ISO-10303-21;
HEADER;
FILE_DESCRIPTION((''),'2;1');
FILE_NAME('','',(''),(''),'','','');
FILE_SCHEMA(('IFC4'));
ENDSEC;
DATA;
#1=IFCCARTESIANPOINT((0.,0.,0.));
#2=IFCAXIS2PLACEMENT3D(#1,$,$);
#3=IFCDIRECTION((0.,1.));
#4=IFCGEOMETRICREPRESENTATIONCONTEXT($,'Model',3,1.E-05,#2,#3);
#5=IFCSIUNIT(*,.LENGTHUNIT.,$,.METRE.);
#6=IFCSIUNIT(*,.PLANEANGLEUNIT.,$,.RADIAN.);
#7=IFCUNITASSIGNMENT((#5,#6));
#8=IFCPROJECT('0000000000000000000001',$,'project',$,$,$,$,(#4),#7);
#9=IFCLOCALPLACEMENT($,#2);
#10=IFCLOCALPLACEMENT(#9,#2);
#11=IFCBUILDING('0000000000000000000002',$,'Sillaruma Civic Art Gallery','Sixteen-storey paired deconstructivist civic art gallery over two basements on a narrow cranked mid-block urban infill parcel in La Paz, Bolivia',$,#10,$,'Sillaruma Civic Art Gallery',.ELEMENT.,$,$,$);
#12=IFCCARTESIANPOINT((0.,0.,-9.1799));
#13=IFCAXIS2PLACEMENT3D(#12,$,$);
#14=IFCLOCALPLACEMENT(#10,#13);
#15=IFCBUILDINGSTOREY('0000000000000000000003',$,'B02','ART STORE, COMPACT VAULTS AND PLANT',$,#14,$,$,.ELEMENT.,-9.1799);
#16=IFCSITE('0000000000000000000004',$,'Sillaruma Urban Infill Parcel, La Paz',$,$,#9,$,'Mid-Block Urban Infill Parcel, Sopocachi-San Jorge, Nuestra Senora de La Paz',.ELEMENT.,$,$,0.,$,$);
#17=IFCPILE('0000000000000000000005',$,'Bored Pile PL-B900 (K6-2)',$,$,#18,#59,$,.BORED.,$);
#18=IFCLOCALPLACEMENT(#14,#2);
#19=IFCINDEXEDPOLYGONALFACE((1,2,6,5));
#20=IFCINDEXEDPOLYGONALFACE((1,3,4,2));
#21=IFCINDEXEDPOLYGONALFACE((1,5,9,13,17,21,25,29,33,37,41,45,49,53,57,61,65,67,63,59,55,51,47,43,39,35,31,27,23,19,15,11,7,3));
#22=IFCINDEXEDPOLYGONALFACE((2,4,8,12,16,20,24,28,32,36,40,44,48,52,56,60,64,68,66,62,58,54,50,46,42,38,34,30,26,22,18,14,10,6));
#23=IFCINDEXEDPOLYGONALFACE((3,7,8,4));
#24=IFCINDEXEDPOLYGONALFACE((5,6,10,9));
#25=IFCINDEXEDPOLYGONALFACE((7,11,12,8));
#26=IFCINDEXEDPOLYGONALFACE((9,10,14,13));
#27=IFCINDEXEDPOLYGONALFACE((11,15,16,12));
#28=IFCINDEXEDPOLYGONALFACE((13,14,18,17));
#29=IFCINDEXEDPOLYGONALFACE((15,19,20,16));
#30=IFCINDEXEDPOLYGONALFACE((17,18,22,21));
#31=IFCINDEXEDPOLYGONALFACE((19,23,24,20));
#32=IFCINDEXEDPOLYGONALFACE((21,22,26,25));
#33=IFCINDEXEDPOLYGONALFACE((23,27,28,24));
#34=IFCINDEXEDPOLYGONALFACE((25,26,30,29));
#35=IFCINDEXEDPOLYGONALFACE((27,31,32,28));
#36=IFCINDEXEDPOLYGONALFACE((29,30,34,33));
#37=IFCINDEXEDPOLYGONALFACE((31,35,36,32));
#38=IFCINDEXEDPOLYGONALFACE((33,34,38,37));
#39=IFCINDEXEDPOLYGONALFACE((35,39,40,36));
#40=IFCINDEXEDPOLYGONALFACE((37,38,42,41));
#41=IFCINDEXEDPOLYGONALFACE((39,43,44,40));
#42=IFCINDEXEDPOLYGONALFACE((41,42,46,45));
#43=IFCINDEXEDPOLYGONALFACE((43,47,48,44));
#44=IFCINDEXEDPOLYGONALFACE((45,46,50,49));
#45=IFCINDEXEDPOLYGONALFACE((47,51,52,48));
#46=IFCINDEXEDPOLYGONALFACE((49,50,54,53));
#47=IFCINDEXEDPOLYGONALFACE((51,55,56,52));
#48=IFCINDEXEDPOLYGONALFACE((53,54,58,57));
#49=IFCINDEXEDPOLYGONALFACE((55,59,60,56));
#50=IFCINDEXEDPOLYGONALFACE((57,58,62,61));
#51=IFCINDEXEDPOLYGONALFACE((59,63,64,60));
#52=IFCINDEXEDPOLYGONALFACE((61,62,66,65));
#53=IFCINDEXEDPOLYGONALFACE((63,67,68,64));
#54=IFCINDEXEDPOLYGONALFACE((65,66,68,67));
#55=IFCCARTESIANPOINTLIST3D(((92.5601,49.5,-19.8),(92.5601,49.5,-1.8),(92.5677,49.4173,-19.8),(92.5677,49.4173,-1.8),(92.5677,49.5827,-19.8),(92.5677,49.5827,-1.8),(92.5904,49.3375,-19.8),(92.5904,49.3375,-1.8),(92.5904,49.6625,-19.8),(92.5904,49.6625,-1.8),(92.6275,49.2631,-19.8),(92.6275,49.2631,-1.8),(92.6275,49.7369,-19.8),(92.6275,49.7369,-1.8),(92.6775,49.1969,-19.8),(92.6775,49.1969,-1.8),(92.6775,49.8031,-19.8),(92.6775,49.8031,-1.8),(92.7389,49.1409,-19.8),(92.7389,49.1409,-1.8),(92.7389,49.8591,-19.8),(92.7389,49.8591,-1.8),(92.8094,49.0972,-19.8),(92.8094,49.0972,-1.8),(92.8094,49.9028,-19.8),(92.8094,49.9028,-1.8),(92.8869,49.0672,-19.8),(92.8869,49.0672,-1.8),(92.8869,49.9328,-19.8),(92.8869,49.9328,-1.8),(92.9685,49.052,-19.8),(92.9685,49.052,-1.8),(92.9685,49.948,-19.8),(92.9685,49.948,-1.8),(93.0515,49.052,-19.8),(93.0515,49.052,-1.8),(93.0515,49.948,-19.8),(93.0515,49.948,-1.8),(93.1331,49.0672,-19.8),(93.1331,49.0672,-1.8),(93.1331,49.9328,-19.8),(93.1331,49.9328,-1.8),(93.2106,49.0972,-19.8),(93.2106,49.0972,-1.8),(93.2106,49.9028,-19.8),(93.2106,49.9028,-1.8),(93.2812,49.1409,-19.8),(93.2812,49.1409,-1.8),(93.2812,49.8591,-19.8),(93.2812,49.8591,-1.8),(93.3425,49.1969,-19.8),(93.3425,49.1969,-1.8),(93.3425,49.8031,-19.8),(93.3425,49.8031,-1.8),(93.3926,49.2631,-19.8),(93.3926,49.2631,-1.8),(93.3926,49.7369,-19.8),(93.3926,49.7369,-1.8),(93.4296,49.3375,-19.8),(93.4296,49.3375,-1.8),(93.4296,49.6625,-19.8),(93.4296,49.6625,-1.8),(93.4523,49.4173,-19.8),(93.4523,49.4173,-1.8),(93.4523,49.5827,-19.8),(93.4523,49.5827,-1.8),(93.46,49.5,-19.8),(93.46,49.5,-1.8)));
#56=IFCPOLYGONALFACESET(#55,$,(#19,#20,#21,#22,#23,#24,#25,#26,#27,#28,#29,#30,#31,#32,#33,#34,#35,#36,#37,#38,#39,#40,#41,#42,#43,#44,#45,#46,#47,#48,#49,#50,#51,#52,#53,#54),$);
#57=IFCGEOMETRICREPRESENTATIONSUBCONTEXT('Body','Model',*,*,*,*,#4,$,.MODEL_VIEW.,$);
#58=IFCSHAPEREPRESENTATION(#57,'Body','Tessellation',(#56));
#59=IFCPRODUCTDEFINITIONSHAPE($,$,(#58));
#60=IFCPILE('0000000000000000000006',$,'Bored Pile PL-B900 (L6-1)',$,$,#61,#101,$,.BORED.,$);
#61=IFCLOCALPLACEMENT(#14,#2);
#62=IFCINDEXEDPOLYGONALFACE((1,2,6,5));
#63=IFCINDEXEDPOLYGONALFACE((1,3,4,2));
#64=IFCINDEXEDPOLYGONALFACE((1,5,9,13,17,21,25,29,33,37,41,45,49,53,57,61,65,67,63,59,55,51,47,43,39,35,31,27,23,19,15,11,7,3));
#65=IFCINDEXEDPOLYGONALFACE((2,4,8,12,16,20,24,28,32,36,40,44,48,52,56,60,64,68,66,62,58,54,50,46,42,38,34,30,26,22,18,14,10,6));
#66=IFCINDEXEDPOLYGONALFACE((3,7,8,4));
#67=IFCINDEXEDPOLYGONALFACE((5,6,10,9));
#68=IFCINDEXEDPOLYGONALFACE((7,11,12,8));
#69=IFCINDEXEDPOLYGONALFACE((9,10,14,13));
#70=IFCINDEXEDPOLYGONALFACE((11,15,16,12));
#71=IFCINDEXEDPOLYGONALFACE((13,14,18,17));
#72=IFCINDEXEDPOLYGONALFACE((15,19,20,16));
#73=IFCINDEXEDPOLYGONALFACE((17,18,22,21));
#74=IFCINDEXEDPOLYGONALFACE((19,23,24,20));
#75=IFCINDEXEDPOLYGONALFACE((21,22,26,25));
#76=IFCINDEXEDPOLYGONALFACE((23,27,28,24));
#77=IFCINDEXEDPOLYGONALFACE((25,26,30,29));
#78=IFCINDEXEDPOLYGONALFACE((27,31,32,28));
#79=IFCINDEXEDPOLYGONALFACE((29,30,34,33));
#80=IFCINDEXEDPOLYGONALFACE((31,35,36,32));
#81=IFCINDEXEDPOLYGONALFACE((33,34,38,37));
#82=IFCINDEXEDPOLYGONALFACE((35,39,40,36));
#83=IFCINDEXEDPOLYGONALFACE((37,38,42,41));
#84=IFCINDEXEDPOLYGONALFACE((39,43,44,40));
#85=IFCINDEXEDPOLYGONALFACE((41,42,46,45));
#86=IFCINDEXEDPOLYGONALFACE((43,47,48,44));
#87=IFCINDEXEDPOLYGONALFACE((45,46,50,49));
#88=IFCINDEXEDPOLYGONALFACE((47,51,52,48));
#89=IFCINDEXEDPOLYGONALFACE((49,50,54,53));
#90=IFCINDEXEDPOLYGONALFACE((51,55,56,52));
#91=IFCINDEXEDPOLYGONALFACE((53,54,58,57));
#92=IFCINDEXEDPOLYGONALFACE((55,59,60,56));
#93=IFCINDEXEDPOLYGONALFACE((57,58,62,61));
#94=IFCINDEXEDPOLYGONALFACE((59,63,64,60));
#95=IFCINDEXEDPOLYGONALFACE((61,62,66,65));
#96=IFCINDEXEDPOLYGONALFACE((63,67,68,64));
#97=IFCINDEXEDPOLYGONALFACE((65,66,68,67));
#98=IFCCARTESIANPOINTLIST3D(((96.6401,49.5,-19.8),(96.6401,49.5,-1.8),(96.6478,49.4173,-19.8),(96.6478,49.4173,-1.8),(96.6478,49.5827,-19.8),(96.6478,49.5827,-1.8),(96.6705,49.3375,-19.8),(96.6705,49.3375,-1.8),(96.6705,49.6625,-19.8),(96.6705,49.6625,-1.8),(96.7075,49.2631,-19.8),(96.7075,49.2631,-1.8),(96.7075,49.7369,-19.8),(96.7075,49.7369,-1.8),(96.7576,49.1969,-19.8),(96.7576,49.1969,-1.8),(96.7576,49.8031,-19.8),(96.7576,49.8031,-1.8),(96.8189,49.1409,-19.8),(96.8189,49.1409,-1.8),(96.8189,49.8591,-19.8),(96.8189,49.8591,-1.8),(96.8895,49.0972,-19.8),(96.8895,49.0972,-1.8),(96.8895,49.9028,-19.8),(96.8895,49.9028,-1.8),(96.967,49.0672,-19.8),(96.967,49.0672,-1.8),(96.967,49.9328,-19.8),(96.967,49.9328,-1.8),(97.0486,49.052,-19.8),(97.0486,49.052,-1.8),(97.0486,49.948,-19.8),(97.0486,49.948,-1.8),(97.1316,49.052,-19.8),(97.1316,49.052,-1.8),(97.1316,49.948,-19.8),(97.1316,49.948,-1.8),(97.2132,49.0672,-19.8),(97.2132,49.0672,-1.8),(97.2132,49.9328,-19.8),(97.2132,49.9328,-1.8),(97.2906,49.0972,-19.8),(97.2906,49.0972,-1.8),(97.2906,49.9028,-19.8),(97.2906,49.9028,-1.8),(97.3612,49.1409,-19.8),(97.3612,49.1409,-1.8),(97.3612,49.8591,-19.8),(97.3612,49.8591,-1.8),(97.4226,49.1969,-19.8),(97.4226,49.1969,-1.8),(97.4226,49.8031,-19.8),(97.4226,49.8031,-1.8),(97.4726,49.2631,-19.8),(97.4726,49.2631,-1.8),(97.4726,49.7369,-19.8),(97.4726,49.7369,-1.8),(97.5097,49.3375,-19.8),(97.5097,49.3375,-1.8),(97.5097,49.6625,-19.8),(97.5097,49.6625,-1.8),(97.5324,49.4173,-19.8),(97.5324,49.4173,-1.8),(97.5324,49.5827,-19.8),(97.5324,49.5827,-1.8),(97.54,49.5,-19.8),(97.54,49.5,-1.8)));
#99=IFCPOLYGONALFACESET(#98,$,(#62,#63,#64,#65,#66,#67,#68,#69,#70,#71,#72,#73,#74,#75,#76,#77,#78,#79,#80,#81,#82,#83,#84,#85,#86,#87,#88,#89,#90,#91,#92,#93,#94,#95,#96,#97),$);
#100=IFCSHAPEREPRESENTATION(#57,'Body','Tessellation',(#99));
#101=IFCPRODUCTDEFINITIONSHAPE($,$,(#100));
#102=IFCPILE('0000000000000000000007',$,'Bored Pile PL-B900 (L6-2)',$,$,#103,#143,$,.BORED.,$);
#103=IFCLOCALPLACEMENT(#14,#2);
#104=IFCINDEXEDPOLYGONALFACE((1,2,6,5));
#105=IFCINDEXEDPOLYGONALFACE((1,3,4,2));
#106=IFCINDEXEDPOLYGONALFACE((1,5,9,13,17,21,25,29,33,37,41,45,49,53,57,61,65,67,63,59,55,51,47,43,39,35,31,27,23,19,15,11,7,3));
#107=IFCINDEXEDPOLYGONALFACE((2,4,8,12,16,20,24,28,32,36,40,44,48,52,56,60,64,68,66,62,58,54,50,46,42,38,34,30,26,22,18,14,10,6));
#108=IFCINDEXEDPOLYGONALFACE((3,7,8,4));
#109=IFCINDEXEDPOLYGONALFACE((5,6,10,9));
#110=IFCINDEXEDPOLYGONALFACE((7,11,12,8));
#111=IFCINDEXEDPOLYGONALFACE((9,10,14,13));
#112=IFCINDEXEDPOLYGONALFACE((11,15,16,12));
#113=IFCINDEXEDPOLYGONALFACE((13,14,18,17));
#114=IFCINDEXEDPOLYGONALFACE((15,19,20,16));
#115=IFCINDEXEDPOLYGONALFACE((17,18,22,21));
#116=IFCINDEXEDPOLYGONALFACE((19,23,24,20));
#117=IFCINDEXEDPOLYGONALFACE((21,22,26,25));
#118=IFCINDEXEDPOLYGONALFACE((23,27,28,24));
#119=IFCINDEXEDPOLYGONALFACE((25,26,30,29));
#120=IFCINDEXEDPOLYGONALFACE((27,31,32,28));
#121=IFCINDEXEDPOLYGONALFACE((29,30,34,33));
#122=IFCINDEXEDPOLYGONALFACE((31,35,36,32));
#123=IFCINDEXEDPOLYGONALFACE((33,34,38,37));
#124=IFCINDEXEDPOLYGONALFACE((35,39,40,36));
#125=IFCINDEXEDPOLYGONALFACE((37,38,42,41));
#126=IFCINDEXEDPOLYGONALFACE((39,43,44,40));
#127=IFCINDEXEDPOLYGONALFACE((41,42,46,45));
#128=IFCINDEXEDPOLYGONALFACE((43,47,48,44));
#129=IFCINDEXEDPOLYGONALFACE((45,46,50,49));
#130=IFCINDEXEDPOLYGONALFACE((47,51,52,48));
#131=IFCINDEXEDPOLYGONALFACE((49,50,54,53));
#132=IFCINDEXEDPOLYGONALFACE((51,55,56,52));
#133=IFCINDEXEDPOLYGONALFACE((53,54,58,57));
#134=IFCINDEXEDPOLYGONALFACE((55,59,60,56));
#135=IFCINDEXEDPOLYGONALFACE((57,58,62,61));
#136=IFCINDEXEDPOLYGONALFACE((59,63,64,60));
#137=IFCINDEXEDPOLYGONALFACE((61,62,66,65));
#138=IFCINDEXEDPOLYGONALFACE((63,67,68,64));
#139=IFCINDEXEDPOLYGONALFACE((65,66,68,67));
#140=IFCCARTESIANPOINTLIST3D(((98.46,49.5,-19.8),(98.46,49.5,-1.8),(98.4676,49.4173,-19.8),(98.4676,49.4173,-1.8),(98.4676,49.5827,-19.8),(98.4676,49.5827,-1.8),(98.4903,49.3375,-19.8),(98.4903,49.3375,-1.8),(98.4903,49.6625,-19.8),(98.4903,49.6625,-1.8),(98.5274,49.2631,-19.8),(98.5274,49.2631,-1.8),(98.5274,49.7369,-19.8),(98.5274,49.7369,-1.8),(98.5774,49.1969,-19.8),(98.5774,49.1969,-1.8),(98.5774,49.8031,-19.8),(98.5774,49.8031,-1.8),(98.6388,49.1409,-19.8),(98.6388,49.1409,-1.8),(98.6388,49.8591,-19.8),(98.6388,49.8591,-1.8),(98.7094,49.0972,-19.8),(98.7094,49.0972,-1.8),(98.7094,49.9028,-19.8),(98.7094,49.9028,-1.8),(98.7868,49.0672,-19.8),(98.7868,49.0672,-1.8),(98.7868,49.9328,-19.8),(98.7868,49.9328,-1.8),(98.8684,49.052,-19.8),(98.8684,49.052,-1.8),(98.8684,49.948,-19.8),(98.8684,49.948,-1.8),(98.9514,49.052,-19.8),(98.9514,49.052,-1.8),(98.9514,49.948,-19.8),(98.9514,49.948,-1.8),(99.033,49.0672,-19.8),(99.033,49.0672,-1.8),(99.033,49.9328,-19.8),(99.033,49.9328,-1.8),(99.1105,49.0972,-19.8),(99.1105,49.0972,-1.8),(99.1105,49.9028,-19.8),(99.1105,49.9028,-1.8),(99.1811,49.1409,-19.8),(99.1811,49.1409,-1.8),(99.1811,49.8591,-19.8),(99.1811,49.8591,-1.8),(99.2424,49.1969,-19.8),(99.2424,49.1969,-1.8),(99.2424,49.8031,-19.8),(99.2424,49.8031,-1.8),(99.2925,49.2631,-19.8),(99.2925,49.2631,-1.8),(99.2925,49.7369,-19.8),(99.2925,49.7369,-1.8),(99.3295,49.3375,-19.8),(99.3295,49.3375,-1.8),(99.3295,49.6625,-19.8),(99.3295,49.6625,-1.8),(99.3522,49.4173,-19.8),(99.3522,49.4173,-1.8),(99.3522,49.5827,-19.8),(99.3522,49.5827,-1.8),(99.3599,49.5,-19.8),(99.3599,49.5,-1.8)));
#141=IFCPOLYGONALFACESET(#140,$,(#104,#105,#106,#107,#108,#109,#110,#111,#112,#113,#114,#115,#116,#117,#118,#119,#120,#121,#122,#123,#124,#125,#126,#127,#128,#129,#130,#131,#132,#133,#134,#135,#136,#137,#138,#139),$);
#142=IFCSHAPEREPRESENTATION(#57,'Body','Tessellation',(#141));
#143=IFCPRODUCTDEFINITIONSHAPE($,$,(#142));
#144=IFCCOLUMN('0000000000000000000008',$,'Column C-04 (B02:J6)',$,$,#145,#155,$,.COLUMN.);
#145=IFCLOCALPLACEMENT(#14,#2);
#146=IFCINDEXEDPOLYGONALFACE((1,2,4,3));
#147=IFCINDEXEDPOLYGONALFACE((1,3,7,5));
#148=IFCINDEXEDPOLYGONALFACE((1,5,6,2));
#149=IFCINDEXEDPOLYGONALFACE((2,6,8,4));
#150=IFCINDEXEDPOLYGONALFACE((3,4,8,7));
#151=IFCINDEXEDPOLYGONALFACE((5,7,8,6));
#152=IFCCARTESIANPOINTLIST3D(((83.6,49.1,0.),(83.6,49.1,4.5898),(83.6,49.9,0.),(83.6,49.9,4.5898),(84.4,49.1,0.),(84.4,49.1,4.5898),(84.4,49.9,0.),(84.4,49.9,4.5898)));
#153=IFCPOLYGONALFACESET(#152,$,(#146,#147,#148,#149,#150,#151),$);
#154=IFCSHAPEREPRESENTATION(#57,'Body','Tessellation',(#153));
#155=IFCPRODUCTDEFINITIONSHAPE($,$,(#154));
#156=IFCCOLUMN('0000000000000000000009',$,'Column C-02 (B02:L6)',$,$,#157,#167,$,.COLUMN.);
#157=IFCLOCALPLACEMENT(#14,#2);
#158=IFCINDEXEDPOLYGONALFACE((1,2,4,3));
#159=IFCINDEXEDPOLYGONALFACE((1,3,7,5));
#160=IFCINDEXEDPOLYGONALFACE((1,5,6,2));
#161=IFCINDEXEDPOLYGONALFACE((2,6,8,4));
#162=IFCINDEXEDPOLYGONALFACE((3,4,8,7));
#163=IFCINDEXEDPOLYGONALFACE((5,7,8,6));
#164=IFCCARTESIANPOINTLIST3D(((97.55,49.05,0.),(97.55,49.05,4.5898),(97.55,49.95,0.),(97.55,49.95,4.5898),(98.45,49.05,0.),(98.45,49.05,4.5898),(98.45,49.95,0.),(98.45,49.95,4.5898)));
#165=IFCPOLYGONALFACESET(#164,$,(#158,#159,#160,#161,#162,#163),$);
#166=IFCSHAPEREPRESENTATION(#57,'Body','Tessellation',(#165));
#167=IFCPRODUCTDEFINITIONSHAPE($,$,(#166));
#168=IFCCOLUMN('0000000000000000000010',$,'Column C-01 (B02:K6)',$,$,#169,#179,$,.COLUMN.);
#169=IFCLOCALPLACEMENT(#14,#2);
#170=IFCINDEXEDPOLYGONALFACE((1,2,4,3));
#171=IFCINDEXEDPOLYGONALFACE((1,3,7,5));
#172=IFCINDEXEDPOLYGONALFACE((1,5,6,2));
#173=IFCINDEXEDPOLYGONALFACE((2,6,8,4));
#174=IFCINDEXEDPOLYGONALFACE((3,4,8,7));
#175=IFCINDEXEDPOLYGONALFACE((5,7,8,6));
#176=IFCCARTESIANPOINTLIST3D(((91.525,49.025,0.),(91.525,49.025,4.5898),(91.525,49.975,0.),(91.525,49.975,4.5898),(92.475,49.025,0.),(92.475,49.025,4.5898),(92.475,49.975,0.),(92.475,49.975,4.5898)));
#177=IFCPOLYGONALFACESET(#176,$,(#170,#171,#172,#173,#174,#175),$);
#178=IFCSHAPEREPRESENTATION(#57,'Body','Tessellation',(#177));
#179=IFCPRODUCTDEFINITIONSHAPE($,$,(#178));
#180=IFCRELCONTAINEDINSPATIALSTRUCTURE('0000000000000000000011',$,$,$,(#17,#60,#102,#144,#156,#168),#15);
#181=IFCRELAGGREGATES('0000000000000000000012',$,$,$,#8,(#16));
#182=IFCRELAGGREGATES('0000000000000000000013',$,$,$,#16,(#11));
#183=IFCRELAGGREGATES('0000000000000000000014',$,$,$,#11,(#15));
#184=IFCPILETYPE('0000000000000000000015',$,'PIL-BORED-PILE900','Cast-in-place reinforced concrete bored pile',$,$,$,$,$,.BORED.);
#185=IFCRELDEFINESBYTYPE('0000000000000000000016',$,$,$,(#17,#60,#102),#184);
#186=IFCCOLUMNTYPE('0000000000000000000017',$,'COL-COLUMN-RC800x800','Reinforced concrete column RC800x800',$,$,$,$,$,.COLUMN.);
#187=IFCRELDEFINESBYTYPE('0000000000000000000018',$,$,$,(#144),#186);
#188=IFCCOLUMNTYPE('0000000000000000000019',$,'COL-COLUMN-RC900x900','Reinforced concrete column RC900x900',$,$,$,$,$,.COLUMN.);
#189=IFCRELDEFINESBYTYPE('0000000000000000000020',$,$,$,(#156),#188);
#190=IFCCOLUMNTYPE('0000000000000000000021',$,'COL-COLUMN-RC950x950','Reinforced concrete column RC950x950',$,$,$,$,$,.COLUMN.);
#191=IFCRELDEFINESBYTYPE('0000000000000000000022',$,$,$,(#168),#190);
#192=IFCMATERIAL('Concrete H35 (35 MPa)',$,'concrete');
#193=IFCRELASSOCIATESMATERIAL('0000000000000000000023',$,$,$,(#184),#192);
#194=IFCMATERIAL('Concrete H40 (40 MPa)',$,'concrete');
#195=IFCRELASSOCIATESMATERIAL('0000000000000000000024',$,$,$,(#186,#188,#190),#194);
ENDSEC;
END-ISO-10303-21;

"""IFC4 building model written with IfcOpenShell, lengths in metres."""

from ifc_helpers import new_model, si_unit, direction, frame, origin, origin_2d, place, context, subcontext, project, spatial, rectangle, circle, extrude, material, material_profile, profile_set, type_object, element, save


model = new_model("IFC4")

# Units and contexts
model_context = context("Model", 3, precision=1e-05, world=origin(), true_north=direction((0.0, 1.0)))
body_context = subcontext(model_context, "Body", "Model", "MODEL_VIEW")
ifc_project = project(units=[si_unit("LENGTHUNIT", "METRE"), si_unit("PLANEANGLEUNIT", "RADIAN")], contexts=[model_context])

# Site, building, storey
site_placement = place(None, origin())
site = spatial("IfcSite", under=ifc_project, at=site_placement, Name="Sillaruma Urban Infill Parcel, La Paz", LongName="Mid-Block Urban Infill Parcel, Sopocachi-San Jorge, Nuestra Senora de La Paz", CompositionType="ELEMENT", RefElevation=0.0)
building_placement = place(site_placement, origin())
building = spatial("IfcBuilding", under=site, at=building_placement, Name="Sillaruma Civic Art Gallery", Description="Sixteen-storey paired deconstructivist civic art gallery over two basements on a narrow cranked mid-block urban infill parcel in La Paz, Bolivia", LongName="Sillaruma Civic Art Gallery", CompositionType="ELEMENT")
storey_placement = place(building_placement, frame((0.0, 0.0, -9.1799)))
storey = spatial("IfcBuildingStorey", under=building, at=storey_placement, Name="B02", Description="ART STORE, COMPACT VAULTS AND PLANT", CompositionType="ELEMENT", Elevation=-9.1799)

# Shared definitions
ifc_material_1 = material(Name="Concrete H35 (35 MPa)", Category="concrete")

# Piles
ifc_material_profile_1 = material_profile(ifc_material_1, circle(Radius=0.45, at=origin_2d()), Name="PILE900")
ifc_profile_set_1 = profile_set([ifc_material_profile_1], Name="Concrete H35 (35 MPa)")
pile_type_1 = type_object("IfcPileType", Name="PIL-BORED-PILE900", Description="Cast-in-place reinforced concrete bored pile", PredefinedType="BORED", material=ifc_profile_set_1)
for number, where, z_axis, x_axis, name in (
    (1, (93.01, 49.5, -1.8), (0.0, 0.0, -1.0), (1.0, 0.0, 0.0), "Bored Pile PL-B900 (K6-2)"),
    (2, (97.0901, 49.5, -1.8), (0.0, 0.0, -1.0), (1.0, 0.0, 0.0), "Bored Pile PL-B900 (L6-1)"),
    (3, (98.9099, 49.5, -1.8), (0.0, 0.0, -1.0), (1.0, 0.0, 0.0), "Bored Pile PL-B900 (L6-2)"),
):
    element("IfcPile", number, at=place(storey_placement, frame(where, z_axis=z_axis, x_axis=x_axis)), inside=storey, type_object=pile_type_1, Name=name, PredefinedType="BORED", context=body_context, shape_type="SweptSolid", body=[
        extrude(circle(Radius=0.45, at=origin_2d()), origin(), (0.0, 0.0, 1.0), 18.0),
    ])

# Columns
ifc_material_2 = material(Name="Concrete H40 (40 MPa)", Category="concrete")
ifc_material_profile_2 = material_profile(ifc_material_2, rectangle(XDim=0.8, YDim=0.8, at=origin_2d()), Name="RC800x800")
ifc_profile_set_2 = profile_set([ifc_material_profile_2], Name="Concrete H40 (40 MPa)")
column_type_1 = type_object("IfcColumnType", Name="COL-COLUMN-RC800x800", Description="Reinforced concrete column RC800x800", PredefinedType="COLUMN", material=ifc_profile_set_2)
column_1_placement = place(storey_placement, frame((84.0, 49.5, 0.0), z_axis=(0.0, 0.0, 1.0), x_axis=(1.0, 0.0, 0.0)))
element("IfcColumn", 4, at=column_1_placement, inside=storey, type_object=column_type_1, Name="Column C-04 (B02:J6)", PredefinedType="COLUMN", context=body_context, shape_type="SweptSolid", body=[
    extrude(rectangle(XDim=0.8, YDim=0.8, at=origin_2d()), origin(), (0.0, 0.0, 1.0), 4.5898),
])
ifc_material_profile_3 = material_profile(ifc_material_2, rectangle(XDim=0.8999, YDim=0.8999, at=origin_2d()), Name="RC900x900")
ifc_profile_set_3 = profile_set([ifc_material_profile_3], Name="Concrete H40 (40 MPa)")
column_type_2 = type_object("IfcColumnType", Name="COL-COLUMN-RC900x900", Description="Reinforced concrete column RC900x900", PredefinedType="COLUMN", material=ifc_profile_set_3)
column_2_placement = place(storey_placement, frame((98.0, 49.5, 0.0), z_axis=(0.0, 0.0, 1.0), x_axis=(1.0, 0.0, 0.0)))
element("IfcColumn", 5, at=column_2_placement, inside=storey, type_object=column_type_2, Name="Column C-02 (B02:L6)", PredefinedType="COLUMN", context=body_context, shape_type="SweptSolid", body=[
    extrude(rectangle(XDim=0.8999, YDim=0.8999, at=origin_2d()), origin(), (0.0, 0.0, 1.0), 4.5898),
])
ifc_material_profile_4 = material_profile(ifc_material_2, rectangle(XDim=0.95, YDim=0.95, at=origin_2d()), Name="RC950x950")
ifc_profile_set_4 = profile_set([ifc_material_profile_4], Name="Concrete H40 (40 MPa)")
column_type_3 = type_object("IfcColumnType", Name="COL-COLUMN-RC950x950", Description="Reinforced concrete column RC950x950", PredefinedType="COLUMN", material=ifc_profile_set_4)
column_3_placement = place(storey_placement, frame((92.0, 49.5, 0.0), z_axis=(0.0, 0.0, 1.0), x_axis=(1.0, 0.0, 0.0)))
element("IfcColumn", 6, at=column_3_placement, inside=storey, type_object=column_type_3, Name="Column C-01 (B02:K6)", PredefinedType="COLUMN", context=body_context, shape_type="SweptSolid", body=[
    extrude(rectangle(XDim=0.95, YDim=0.95, at=origin_2d()), origin(), (0.0, 0.0, 1.0), 4.5898),
])

save(model, "model.ifc")
